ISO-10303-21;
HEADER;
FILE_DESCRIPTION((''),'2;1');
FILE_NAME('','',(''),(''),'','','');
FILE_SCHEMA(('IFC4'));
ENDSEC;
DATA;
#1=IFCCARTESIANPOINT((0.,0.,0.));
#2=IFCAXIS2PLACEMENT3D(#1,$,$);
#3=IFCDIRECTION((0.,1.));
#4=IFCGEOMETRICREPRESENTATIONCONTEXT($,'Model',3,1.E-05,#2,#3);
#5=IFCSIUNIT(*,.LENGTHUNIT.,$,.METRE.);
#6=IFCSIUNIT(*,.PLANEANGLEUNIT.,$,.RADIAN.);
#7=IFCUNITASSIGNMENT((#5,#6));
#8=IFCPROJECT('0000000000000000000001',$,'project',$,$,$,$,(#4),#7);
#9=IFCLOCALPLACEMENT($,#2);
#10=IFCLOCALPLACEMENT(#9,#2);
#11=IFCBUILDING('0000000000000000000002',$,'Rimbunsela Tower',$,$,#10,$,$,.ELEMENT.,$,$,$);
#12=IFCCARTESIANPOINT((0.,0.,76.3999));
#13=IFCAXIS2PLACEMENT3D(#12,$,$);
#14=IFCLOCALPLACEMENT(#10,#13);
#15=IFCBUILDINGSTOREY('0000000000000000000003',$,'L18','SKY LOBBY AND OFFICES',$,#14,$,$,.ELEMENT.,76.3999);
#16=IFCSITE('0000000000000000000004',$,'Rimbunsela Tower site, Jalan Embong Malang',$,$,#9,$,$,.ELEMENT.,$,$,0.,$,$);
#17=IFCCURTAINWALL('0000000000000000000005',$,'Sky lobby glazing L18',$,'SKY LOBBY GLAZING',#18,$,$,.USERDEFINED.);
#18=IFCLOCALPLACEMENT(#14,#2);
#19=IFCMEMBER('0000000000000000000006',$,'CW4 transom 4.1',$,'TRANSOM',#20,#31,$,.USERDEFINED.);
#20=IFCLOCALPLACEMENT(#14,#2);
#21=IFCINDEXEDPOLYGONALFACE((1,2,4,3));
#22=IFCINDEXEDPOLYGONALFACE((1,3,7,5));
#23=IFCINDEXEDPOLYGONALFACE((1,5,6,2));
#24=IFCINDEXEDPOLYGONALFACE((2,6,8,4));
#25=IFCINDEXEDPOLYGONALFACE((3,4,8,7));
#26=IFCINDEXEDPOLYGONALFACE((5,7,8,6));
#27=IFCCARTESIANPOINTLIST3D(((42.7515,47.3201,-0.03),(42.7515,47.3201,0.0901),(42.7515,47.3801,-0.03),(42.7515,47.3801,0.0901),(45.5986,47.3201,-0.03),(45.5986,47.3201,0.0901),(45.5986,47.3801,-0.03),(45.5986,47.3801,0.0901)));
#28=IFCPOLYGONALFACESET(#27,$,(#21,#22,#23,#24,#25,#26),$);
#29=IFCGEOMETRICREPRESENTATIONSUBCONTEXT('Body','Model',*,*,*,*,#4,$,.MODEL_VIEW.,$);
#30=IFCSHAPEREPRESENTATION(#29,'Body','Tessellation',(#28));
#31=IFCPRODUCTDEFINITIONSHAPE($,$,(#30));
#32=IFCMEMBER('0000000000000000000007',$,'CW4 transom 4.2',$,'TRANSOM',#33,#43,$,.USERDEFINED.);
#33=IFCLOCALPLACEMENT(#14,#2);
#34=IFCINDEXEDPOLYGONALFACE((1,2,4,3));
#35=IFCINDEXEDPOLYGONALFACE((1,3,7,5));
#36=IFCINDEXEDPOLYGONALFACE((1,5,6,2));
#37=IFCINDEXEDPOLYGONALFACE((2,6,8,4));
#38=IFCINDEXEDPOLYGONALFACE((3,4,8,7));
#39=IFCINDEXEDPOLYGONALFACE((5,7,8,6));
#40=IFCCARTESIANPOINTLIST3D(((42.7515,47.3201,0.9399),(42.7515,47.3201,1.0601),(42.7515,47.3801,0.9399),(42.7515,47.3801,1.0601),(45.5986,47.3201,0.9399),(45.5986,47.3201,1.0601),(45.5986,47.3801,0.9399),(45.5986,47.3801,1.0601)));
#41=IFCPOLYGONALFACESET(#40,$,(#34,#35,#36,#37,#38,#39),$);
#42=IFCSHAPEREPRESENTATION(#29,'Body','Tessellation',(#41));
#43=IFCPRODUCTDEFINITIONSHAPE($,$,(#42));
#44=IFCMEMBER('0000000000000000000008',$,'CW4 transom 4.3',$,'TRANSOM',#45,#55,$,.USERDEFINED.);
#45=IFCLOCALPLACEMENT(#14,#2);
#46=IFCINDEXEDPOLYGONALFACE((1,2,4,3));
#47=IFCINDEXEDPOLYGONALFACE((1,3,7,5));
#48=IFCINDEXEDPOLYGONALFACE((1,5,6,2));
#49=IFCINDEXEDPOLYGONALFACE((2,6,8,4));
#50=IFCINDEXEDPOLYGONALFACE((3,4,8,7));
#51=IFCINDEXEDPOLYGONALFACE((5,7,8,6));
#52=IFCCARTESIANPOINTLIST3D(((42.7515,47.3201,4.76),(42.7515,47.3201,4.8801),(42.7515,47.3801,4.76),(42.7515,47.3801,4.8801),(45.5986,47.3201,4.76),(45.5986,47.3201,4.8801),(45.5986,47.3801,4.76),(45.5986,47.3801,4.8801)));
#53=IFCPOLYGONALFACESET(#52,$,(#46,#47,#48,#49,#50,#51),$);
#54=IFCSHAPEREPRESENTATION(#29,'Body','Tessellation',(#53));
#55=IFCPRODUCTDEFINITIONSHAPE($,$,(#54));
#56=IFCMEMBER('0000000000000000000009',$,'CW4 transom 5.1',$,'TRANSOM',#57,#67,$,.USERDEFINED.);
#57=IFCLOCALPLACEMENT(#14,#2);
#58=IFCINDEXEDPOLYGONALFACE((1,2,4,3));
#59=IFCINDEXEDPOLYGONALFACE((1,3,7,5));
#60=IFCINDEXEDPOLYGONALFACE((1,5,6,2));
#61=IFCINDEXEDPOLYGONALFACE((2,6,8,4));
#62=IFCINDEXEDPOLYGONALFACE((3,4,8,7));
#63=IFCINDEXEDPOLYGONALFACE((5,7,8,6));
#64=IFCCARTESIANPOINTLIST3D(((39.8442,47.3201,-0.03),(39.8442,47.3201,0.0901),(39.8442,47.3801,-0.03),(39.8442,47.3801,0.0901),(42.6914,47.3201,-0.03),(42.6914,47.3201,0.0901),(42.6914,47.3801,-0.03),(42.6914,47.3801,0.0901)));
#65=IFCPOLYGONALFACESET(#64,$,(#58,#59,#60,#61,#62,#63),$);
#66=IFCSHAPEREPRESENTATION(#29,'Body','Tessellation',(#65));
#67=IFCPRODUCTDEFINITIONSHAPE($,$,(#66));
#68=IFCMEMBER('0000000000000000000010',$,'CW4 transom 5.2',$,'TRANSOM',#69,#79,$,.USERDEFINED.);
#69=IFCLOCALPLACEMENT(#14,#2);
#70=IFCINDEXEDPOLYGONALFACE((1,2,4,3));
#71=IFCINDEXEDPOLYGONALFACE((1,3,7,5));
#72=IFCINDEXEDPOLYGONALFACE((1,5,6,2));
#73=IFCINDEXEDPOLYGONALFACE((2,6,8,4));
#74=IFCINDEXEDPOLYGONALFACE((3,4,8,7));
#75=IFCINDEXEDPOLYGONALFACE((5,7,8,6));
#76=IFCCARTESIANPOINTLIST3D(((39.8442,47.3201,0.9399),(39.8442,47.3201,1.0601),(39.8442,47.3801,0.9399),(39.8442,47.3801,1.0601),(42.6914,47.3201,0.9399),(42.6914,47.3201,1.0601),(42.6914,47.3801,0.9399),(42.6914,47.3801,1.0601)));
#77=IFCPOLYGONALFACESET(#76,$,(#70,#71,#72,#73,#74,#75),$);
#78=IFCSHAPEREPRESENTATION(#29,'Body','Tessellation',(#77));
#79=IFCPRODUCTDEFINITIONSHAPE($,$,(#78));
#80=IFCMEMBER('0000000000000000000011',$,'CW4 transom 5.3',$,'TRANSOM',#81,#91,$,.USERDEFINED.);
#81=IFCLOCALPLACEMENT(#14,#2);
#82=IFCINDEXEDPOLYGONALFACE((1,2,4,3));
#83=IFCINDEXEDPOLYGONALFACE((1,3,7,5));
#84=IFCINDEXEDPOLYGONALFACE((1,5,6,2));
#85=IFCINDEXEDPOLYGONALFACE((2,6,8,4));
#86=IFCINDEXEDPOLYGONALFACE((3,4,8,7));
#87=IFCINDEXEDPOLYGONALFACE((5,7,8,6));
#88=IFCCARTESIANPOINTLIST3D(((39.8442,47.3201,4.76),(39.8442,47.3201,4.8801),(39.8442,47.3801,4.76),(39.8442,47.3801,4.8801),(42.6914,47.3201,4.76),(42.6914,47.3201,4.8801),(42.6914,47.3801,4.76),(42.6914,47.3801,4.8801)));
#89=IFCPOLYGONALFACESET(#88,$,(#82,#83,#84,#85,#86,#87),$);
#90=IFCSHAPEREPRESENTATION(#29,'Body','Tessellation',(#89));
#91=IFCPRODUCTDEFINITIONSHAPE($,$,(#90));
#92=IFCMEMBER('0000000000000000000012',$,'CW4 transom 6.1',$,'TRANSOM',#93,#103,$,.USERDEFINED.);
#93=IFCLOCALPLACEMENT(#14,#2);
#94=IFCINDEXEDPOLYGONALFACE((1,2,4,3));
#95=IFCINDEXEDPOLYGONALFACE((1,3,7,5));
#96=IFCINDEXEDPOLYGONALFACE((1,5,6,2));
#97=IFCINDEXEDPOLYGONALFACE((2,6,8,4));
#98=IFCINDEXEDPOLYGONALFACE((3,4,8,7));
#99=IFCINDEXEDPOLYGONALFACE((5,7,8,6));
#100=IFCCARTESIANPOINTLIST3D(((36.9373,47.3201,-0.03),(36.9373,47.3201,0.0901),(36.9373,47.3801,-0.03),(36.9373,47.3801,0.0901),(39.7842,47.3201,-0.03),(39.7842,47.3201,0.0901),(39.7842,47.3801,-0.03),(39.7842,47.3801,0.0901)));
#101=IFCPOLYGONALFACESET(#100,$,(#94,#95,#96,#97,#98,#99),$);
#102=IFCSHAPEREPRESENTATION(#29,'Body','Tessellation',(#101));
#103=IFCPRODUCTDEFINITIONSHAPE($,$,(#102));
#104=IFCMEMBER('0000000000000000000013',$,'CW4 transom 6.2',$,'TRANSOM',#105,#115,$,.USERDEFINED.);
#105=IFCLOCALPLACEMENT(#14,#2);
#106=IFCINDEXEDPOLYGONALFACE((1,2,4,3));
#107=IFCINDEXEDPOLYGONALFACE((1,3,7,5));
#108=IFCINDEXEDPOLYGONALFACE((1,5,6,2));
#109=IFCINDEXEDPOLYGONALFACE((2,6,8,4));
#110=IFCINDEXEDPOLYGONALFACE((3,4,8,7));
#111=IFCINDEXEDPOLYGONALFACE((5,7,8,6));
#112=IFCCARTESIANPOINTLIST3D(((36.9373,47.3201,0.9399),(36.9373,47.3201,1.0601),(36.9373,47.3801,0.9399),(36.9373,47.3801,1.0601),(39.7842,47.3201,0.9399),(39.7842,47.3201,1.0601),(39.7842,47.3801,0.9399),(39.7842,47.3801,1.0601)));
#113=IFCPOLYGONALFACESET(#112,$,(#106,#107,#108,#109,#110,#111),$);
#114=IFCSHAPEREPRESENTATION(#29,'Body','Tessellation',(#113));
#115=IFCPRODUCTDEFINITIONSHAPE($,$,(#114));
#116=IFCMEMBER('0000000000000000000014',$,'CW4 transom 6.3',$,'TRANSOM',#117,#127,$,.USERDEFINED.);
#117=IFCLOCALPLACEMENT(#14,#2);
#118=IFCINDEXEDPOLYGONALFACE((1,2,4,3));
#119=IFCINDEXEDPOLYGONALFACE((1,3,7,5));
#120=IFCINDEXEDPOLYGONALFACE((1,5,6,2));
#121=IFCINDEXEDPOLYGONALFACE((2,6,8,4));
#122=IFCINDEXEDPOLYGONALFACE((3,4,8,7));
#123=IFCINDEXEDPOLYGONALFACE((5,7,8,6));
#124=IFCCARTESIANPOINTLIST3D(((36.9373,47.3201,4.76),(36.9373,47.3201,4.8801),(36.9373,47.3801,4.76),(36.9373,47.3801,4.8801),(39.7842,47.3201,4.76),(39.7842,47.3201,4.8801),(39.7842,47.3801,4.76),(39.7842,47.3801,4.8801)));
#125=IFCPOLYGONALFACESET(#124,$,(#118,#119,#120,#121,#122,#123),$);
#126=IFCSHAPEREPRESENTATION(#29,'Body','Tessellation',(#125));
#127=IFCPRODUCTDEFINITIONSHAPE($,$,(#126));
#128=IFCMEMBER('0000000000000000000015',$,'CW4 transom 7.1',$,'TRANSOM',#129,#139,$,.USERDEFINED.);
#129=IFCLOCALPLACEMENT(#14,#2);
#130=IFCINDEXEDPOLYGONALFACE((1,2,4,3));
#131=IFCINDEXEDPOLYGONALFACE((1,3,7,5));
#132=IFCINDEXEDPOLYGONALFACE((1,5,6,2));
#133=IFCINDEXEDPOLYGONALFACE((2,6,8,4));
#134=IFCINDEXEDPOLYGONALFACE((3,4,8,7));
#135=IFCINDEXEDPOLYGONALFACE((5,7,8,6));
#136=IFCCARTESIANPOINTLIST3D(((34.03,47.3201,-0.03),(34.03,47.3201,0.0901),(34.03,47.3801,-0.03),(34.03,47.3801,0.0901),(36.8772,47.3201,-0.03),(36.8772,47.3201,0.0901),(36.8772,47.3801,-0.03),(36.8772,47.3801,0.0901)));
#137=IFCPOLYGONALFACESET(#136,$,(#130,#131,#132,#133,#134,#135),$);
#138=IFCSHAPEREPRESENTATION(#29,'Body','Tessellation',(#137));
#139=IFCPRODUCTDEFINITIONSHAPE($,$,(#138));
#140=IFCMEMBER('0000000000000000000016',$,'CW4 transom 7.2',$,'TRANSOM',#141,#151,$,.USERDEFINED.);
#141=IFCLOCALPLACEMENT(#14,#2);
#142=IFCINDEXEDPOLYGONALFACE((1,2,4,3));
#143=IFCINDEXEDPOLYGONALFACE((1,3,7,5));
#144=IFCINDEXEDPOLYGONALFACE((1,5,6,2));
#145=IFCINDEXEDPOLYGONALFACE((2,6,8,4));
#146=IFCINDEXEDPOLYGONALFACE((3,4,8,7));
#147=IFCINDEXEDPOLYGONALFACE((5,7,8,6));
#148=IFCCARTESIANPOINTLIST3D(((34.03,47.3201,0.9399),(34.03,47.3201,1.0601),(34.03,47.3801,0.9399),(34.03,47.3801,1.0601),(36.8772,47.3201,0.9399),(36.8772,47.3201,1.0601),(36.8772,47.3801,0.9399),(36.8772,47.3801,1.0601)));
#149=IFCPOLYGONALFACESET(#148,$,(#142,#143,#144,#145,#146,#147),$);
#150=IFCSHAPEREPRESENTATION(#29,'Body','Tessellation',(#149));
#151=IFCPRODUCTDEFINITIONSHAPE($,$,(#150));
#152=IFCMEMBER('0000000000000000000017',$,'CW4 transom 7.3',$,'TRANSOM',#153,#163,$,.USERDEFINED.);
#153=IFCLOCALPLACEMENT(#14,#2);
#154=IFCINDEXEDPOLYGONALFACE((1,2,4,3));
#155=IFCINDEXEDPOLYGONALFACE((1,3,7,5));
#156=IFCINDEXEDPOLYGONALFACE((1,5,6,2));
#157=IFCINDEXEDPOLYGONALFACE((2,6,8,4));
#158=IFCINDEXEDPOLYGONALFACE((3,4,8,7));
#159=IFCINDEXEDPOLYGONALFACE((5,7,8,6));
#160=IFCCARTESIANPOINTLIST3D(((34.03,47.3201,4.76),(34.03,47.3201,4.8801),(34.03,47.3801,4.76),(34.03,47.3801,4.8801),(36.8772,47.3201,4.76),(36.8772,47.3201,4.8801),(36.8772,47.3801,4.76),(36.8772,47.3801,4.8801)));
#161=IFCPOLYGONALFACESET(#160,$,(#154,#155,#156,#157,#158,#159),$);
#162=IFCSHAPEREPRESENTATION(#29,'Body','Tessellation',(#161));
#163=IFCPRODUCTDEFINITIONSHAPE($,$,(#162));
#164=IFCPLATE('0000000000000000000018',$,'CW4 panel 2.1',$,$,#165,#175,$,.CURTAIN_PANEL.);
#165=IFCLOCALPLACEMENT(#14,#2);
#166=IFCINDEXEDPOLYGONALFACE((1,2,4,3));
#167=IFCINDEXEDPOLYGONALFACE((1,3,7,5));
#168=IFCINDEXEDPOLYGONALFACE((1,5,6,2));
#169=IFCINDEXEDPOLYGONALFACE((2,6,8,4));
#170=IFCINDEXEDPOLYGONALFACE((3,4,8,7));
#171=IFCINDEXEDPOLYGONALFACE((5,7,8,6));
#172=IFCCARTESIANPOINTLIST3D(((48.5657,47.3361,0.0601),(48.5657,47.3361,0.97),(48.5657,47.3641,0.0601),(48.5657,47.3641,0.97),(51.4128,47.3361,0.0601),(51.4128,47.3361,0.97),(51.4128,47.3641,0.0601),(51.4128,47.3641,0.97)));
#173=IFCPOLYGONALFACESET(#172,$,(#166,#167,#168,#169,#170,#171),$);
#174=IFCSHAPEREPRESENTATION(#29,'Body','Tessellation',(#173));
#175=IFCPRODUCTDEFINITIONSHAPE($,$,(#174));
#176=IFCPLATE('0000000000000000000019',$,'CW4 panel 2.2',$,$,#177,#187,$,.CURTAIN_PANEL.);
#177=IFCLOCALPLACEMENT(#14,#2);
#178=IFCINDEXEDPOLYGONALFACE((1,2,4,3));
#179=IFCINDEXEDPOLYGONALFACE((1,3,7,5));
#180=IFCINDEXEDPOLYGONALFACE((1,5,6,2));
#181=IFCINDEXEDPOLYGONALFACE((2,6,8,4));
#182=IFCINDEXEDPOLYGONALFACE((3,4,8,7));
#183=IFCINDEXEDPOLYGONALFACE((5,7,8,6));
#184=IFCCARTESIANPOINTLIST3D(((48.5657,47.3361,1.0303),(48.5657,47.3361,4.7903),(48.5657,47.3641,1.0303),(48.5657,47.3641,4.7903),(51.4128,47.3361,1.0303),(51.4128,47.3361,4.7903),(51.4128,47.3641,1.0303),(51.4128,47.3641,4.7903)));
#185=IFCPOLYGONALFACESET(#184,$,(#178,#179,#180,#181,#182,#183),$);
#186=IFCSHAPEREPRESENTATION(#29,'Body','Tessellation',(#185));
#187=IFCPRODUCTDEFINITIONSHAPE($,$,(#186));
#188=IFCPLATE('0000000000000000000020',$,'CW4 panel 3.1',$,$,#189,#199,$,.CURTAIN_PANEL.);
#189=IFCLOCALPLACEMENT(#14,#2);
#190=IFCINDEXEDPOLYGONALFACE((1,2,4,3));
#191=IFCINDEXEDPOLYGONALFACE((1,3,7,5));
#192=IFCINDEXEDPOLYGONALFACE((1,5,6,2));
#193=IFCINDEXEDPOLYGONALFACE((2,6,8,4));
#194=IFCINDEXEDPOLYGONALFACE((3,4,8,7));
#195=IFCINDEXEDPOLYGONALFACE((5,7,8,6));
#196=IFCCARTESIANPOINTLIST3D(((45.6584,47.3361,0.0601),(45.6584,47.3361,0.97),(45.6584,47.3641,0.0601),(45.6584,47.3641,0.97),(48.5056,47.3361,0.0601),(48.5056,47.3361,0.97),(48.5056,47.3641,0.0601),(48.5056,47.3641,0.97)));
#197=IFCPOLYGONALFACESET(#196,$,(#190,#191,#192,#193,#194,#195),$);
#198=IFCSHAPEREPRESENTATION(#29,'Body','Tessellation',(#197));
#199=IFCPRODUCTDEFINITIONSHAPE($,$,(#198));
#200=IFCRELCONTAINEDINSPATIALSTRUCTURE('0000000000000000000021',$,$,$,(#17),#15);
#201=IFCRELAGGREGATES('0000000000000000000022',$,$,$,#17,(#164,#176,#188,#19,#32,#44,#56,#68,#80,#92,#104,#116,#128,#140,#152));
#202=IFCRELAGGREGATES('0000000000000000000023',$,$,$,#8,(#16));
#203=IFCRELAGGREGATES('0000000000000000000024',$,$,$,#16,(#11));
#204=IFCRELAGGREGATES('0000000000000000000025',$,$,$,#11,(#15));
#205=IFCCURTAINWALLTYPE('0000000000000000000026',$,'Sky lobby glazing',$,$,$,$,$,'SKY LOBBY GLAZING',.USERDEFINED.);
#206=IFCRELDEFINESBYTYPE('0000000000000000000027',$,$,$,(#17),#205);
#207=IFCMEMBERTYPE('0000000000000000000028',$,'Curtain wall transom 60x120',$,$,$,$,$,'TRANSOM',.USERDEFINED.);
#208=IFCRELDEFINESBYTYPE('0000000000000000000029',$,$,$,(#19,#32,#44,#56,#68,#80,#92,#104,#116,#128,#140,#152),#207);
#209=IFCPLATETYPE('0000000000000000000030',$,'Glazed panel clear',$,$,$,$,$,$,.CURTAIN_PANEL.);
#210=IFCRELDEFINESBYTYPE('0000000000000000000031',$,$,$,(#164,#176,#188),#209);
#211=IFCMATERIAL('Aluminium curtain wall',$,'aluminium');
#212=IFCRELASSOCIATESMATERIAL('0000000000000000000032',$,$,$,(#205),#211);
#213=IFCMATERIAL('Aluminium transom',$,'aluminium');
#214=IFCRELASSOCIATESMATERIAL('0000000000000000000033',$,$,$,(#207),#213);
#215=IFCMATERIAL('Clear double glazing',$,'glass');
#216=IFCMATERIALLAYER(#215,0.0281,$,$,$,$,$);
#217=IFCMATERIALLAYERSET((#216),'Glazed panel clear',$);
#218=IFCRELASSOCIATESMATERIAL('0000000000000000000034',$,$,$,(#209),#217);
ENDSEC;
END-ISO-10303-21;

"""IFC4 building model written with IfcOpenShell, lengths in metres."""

from ifc_helpers import new_model, si_unit, direction, frame, origin, origin_2d, place, context, subcontext, project, spatial, rectangle, extrude, material, layer, layer_set, material_profile, profile_set, type_object, element, aggregate, save


model = new_model("IFC4")

# Units and contexts
model_context = context("Model", 3, precision=1e-05, world=origin(), true_north=direction((0.0, 1.0)))
body_context = subcontext(model_context, "Body", "Model", "MODEL_VIEW")
ifc_project = project(units=[si_unit("LENGTHUNIT", "METRE"), si_unit("PLANEANGLEUNIT", "RADIAN")], contexts=[model_context])

# Site, building, storey
site_placement = place(None, origin())
site = spatial("IfcSite", under=ifc_project, at=site_placement, Name="Rimbunsela Tower site, Jalan Embong Malang", CompositionType="ELEMENT", RefElevation=0.0)
building_placement = place(site_placement, origin())
building = spatial("IfcBuilding", under=site, at=building_placement, Name="Rimbunsela Tower", CompositionType="ELEMENT")
storey_placement = place(building_placement, frame((0.0, 0.0, 76.3999)))
storey = spatial("IfcBuildingStorey", under=building, at=storey_placement, Name="L18", Description="SKY LOBBY AND OFFICES", CompositionType="ELEMENT", Elevation=76.3999)

# Curtain wall, members, plates
ifc_material_1 = material(Name="Aluminium curtain wall", Category="aluminium")
curtain_wall_type = type_object("IfcCurtainWallType", Name="Sky lobby glazing", ElementType="SKY LOBBY GLAZING", PredefinedType="USERDEFINED", material=ifc_material_1)
curtain_wall_placement = place(storey_placement, origin())
curtain_wall = element("IfcCurtainWall", 1, at=curtain_wall_placement, inside=storey, type_object=curtain_wall_type, Name="Sky lobby glazing L18", ObjectType="SKY LOBBY GLAZING", PredefinedType="USERDEFINED")
ifc_material_2 = material(Name="Aluminium transom", Category="aluminium")
ifc_material_profile_1 = material_profile(ifc_material_2, rectangle(XDim=0.0601, YDim=0.1201, at=origin_2d()), Name="Transom 60x120")
ifc_profile_set_1 = profile_set([ifc_material_profile_1], Name="Aluminium transom")
member_type_1 = type_object("IfcMemberType", Name="Curtain wall transom 60x120", ElementType="TRANSOM", PredefinedType="USERDEFINED", material=ifc_profile_set_1)
member_1_placement = place(storey_placement, frame((45.5986, 47.3501, 0.03), z_axis=(-1.0, 0.0, 0.0), x_axis=(0.0, -1.0, 0.0)))
member_1 = element("IfcMember", 2, at=member_1_placement, type_object=member_type_1, Name="CW4 transom 4.1", ObjectType="TRANSOM", PredefinedType="USERDEFINED", context=body_context, shape_type="SweptSolid", body=[
    extrude(rectangle(XDim=0.0601, YDim=0.1201, at=origin_2d()), origin(), (0.0, 0.0, 1.0), 2.8472),
])
member_2_placement = place(storey_placement, frame((45.5986, 47.3501, 1.0), z_axis=(-1.0, 0.0, 0.0), x_axis=(0.0, -1.0, 0.0)))
member_2 = element("IfcMember", 3, at=member_2_placement, type_object=member_type_1, Name="CW4 transom 4.2", ObjectType="TRANSOM", PredefinedType="USERDEFINED", context=body_context, shape_type="SweptSolid", body=[
    extrude(rectangle(XDim=0.0601, YDim=0.1201, at=origin_2d()), origin(), (0.0, 0.0, 1.0), 2.8472),
])
member_3_placement = place(storey_placement, frame((45.5986, 47.3501, 4.8201), z_axis=(-1.0, 0.0, 0.0), x_axis=(0.0, -1.0, 0.0)))
member_3 = element("IfcMember", 4, at=member_3_placement, type_object=member_type_1, Name="CW4 transom 4.3", ObjectType="TRANSOM", PredefinedType="USERDEFINED", context=body_context, shape_type="SweptSolid", body=[
    extrude(rectangle(XDim=0.0601, YDim=0.1201, at=origin_2d()), origin(), (0.0, 0.0, 1.0), 2.8472),
])
member_4_placement = place(storey_placement, frame((42.6914, 47.3501, 0.03), z_axis=(-1.0, 0.0, 0.0), x_axis=(0.0, -1.0, 0.0)))
member_4 = element("IfcMember", 5, at=member_4_placement, type_object=member_type_1, Name="CW4 transom 5.1", ObjectType="TRANSOM", PredefinedType="USERDEFINED", context=body_context, shape_type="SweptSolid", body=[
    extrude(rectangle(XDim=0.0601, YDim=0.1201, at=origin_2d()), origin(), (0.0, 0.0, 1.0), 2.8472),
])
member_5_placement = place(storey_placement, frame((42.6914, 47.3501, 1.0), z_axis=(-1.0, 0.0, 0.0), x_axis=(0.0, -1.0, 0.0)))
member_5 = element("IfcMember", 6, at=member_5_placement, type_object=member_type_1, Name="CW4 transom 5.2", ObjectType="TRANSOM", PredefinedType="USERDEFINED", context=body_context, shape_type="SweptSolid", body=[
    extrude(rectangle(XDim=0.0601, YDim=0.1201, at=origin_2d()), origin(), (0.0, 0.0, 1.0), 2.8472),
])
member_6_placement = place(storey_placement, frame((42.6914, 47.3501, 4.8201), z_axis=(-1.0, 0.0, 0.0), x_axis=(0.0, -1.0, 0.0)))
member_6 = element("IfcMember", 7, at=member_6_placement, type_object=member_type_1, Name="CW4 transom 5.3", ObjectType="TRANSOM", PredefinedType="USERDEFINED", context=body_context, shape_type="SweptSolid", body=[
    extrude(rectangle(XDim=0.0601, YDim=0.1201, at=origin_2d()), origin(), (0.0, 0.0, 1.0), 2.8472),
])
member_7_placement = place(storey_placement, frame((39.7842, 47.3501, 0.03), z_axis=(-1.0, 0.0, 0.0), x_axis=(0.0, -1.0, 0.0)))
member_7 = element("IfcMember", 8, at=member_7_placement, type_object=member_type_1, Name="CW4 transom 6.1", ObjectType="TRANSOM", PredefinedType="USERDEFINED", context=body_context, shape_type="SweptSolid", body=[
    extrude(rectangle(XDim=0.0601, YDim=0.1201, at=origin_2d()), origin(), (0.0, 0.0, 1.0), 2.8469),
])
member_8_placement = place(storey_placement, frame((39.7842, 47.3501, 1.0), z_axis=(-1.0, 0.0, 0.0), x_axis=(0.0, -1.0, 0.0)))
member_8 = element("IfcMember", 9, at=member_8_placement, type_object=member_type_1, Name="CW4 transom 6.2", ObjectType="TRANSOM", PredefinedType="USERDEFINED", context=body_context, shape_type="SweptSolid", body=[
    extrude(rectangle(XDim=0.0601, YDim=0.1201, at=origin_2d()), origin(), (0.0, 0.0, 1.0), 2.8469),
])
member_9_placement = place(storey_placement, frame((39.7842, 47.3501, 4.8201), z_axis=(-1.0, 0.0, 0.0), x_axis=(0.0, -1.0, 0.0)))
member_9 = element("IfcMember", 10, at=member_9_placement, type_object=member_type_1, Name="CW4 transom 6.3", ObjectType="TRANSOM", PredefinedType="USERDEFINED", context=body_context, shape_type="SweptSolid", body=[
    extrude(rectangle(XDim=0.0601, YDim=0.1201, at=origin_2d()), origin(), (0.0, 0.0, 1.0), 2.8469),
])
member_10_placement = place(storey_placement, frame((36.8772, 47.3501, 0.03), z_axis=(-1.0, 0.0, 0.0), x_axis=(0.0, -1.0, 0.0)))
member_10 = element("IfcMember", 11, at=member_10_placement, type_object=member_type_1, Name="CW4 transom 7.1", ObjectType="TRANSOM", PredefinedType="USERDEFINED", context=body_context, shape_type="SweptSolid", body=[
    extrude(rectangle(XDim=0.0601, YDim=0.1201, at=origin_2d()), origin(), (0.0, 0.0, 1.0), 2.8472),
])
member_11_placement = place(storey_placement, frame((36.8772, 47.3501, 1.0), z_axis=(-1.0, 0.0, 0.0), x_axis=(0.0, -1.0, 0.0)))
member_11 = element("IfcMember", 12, at=member_11_placement, type_object=member_type_1, Name="CW4 transom 7.2", ObjectType="TRANSOM", PredefinedType="USERDEFINED", context=body_context, shape_type="SweptSolid", body=[
    extrude(rectangle(XDim=0.0601, YDim=0.1201, at=origin_2d()), origin(), (0.0, 0.0, 1.0), 2.8472),
])
member_12_placement = place(storey_placement, frame((36.8772, 47.3501, 4.8201), z_axis=(-1.0, 0.0, 0.0), x_axis=(0.0, -1.0, 0.0)))
member_12 = element("IfcMember", 13, at=member_12_placement, type_object=member_type_1, Name="CW4 transom 7.3", ObjectType="TRANSOM", PredefinedType="USERDEFINED", context=body_context, shape_type="SweptSolid", body=[
    extrude(rectangle(XDim=0.0601, YDim=0.1201, at=origin_2d()), origin(), (0.0, 0.0, 1.0), 2.8472),
])
ifc_material_3 = material(Name="Clear double glazing", Category="glass")
ifc_layer = layer(ifc_material_3, 0.0281)
ifc_layer_set = layer_set([ifc_layer], Name="Glazed panel clear")
plate_type = type_object("IfcPlateType", Name="Glazed panel clear", PredefinedType="CURTAIN_PANEL", material=ifc_layer_set)
plate_1_placement = place(storey_placement, frame((49.9893, 47.3501, 0.0601), z_axis=(0.0, 0.0, 1.0), x_axis=(-1.0, 0.0, 0.0)))
plate_1 = element("IfcPlate", 14, at=plate_1_placement, type_object=plate_type, Name="CW4 panel 2.1", PredefinedType="CURTAIN_PANEL", context=body_context, shape_type="SweptSolid", body=[
    extrude(rectangle(XDim=2.8472, YDim=0.0281, at=origin_2d()), origin(), (0.0, 0.0, 1.0), 0.9099),
])
plate_2_placement = place(storey_placement, frame((49.9893, 47.3501, 1.0303), z_axis=(0.0, 0.0, 1.0), x_axis=(-1.0, 0.0, 0.0)))
plate_2 = element("IfcPlate", 15, at=plate_2_placement, type_object=plate_type, Name="CW4 panel 2.2", PredefinedType="CURTAIN_PANEL", context=body_context, shape_type="SweptSolid", body=[
    extrude(rectangle(XDim=2.8472, YDim=0.0281, at=origin_2d()), origin(), (0.0, 0.0, 1.0), 3.76),
])
plate_3_placement = place(storey_placement, frame((47.082, 47.3501, 0.0601), z_axis=(0.0, 0.0, 1.0), x_axis=(-1.0, 0.0, 0.0)))
plate_3 = element("IfcPlate", 16, at=plate_3_placement, type_object=plate_type, Name="CW4 panel 3.1", PredefinedType="CURTAIN_PANEL", context=body_context, shape_type="SweptSolid", body=[
    extrude(rectangle(XDim=2.8472, YDim=0.0281, at=origin_2d()), origin(), (0.0, 0.0, 1.0), 0.9099),
])
aggregate(curtain_wall, [plate_1, plate_2, plate_3, member_1, member_2, member_3, member_4, member_5, member_6, member_7, member_8, member_9, member_10, member_11, member_12])

save(model, "model.ifc")
